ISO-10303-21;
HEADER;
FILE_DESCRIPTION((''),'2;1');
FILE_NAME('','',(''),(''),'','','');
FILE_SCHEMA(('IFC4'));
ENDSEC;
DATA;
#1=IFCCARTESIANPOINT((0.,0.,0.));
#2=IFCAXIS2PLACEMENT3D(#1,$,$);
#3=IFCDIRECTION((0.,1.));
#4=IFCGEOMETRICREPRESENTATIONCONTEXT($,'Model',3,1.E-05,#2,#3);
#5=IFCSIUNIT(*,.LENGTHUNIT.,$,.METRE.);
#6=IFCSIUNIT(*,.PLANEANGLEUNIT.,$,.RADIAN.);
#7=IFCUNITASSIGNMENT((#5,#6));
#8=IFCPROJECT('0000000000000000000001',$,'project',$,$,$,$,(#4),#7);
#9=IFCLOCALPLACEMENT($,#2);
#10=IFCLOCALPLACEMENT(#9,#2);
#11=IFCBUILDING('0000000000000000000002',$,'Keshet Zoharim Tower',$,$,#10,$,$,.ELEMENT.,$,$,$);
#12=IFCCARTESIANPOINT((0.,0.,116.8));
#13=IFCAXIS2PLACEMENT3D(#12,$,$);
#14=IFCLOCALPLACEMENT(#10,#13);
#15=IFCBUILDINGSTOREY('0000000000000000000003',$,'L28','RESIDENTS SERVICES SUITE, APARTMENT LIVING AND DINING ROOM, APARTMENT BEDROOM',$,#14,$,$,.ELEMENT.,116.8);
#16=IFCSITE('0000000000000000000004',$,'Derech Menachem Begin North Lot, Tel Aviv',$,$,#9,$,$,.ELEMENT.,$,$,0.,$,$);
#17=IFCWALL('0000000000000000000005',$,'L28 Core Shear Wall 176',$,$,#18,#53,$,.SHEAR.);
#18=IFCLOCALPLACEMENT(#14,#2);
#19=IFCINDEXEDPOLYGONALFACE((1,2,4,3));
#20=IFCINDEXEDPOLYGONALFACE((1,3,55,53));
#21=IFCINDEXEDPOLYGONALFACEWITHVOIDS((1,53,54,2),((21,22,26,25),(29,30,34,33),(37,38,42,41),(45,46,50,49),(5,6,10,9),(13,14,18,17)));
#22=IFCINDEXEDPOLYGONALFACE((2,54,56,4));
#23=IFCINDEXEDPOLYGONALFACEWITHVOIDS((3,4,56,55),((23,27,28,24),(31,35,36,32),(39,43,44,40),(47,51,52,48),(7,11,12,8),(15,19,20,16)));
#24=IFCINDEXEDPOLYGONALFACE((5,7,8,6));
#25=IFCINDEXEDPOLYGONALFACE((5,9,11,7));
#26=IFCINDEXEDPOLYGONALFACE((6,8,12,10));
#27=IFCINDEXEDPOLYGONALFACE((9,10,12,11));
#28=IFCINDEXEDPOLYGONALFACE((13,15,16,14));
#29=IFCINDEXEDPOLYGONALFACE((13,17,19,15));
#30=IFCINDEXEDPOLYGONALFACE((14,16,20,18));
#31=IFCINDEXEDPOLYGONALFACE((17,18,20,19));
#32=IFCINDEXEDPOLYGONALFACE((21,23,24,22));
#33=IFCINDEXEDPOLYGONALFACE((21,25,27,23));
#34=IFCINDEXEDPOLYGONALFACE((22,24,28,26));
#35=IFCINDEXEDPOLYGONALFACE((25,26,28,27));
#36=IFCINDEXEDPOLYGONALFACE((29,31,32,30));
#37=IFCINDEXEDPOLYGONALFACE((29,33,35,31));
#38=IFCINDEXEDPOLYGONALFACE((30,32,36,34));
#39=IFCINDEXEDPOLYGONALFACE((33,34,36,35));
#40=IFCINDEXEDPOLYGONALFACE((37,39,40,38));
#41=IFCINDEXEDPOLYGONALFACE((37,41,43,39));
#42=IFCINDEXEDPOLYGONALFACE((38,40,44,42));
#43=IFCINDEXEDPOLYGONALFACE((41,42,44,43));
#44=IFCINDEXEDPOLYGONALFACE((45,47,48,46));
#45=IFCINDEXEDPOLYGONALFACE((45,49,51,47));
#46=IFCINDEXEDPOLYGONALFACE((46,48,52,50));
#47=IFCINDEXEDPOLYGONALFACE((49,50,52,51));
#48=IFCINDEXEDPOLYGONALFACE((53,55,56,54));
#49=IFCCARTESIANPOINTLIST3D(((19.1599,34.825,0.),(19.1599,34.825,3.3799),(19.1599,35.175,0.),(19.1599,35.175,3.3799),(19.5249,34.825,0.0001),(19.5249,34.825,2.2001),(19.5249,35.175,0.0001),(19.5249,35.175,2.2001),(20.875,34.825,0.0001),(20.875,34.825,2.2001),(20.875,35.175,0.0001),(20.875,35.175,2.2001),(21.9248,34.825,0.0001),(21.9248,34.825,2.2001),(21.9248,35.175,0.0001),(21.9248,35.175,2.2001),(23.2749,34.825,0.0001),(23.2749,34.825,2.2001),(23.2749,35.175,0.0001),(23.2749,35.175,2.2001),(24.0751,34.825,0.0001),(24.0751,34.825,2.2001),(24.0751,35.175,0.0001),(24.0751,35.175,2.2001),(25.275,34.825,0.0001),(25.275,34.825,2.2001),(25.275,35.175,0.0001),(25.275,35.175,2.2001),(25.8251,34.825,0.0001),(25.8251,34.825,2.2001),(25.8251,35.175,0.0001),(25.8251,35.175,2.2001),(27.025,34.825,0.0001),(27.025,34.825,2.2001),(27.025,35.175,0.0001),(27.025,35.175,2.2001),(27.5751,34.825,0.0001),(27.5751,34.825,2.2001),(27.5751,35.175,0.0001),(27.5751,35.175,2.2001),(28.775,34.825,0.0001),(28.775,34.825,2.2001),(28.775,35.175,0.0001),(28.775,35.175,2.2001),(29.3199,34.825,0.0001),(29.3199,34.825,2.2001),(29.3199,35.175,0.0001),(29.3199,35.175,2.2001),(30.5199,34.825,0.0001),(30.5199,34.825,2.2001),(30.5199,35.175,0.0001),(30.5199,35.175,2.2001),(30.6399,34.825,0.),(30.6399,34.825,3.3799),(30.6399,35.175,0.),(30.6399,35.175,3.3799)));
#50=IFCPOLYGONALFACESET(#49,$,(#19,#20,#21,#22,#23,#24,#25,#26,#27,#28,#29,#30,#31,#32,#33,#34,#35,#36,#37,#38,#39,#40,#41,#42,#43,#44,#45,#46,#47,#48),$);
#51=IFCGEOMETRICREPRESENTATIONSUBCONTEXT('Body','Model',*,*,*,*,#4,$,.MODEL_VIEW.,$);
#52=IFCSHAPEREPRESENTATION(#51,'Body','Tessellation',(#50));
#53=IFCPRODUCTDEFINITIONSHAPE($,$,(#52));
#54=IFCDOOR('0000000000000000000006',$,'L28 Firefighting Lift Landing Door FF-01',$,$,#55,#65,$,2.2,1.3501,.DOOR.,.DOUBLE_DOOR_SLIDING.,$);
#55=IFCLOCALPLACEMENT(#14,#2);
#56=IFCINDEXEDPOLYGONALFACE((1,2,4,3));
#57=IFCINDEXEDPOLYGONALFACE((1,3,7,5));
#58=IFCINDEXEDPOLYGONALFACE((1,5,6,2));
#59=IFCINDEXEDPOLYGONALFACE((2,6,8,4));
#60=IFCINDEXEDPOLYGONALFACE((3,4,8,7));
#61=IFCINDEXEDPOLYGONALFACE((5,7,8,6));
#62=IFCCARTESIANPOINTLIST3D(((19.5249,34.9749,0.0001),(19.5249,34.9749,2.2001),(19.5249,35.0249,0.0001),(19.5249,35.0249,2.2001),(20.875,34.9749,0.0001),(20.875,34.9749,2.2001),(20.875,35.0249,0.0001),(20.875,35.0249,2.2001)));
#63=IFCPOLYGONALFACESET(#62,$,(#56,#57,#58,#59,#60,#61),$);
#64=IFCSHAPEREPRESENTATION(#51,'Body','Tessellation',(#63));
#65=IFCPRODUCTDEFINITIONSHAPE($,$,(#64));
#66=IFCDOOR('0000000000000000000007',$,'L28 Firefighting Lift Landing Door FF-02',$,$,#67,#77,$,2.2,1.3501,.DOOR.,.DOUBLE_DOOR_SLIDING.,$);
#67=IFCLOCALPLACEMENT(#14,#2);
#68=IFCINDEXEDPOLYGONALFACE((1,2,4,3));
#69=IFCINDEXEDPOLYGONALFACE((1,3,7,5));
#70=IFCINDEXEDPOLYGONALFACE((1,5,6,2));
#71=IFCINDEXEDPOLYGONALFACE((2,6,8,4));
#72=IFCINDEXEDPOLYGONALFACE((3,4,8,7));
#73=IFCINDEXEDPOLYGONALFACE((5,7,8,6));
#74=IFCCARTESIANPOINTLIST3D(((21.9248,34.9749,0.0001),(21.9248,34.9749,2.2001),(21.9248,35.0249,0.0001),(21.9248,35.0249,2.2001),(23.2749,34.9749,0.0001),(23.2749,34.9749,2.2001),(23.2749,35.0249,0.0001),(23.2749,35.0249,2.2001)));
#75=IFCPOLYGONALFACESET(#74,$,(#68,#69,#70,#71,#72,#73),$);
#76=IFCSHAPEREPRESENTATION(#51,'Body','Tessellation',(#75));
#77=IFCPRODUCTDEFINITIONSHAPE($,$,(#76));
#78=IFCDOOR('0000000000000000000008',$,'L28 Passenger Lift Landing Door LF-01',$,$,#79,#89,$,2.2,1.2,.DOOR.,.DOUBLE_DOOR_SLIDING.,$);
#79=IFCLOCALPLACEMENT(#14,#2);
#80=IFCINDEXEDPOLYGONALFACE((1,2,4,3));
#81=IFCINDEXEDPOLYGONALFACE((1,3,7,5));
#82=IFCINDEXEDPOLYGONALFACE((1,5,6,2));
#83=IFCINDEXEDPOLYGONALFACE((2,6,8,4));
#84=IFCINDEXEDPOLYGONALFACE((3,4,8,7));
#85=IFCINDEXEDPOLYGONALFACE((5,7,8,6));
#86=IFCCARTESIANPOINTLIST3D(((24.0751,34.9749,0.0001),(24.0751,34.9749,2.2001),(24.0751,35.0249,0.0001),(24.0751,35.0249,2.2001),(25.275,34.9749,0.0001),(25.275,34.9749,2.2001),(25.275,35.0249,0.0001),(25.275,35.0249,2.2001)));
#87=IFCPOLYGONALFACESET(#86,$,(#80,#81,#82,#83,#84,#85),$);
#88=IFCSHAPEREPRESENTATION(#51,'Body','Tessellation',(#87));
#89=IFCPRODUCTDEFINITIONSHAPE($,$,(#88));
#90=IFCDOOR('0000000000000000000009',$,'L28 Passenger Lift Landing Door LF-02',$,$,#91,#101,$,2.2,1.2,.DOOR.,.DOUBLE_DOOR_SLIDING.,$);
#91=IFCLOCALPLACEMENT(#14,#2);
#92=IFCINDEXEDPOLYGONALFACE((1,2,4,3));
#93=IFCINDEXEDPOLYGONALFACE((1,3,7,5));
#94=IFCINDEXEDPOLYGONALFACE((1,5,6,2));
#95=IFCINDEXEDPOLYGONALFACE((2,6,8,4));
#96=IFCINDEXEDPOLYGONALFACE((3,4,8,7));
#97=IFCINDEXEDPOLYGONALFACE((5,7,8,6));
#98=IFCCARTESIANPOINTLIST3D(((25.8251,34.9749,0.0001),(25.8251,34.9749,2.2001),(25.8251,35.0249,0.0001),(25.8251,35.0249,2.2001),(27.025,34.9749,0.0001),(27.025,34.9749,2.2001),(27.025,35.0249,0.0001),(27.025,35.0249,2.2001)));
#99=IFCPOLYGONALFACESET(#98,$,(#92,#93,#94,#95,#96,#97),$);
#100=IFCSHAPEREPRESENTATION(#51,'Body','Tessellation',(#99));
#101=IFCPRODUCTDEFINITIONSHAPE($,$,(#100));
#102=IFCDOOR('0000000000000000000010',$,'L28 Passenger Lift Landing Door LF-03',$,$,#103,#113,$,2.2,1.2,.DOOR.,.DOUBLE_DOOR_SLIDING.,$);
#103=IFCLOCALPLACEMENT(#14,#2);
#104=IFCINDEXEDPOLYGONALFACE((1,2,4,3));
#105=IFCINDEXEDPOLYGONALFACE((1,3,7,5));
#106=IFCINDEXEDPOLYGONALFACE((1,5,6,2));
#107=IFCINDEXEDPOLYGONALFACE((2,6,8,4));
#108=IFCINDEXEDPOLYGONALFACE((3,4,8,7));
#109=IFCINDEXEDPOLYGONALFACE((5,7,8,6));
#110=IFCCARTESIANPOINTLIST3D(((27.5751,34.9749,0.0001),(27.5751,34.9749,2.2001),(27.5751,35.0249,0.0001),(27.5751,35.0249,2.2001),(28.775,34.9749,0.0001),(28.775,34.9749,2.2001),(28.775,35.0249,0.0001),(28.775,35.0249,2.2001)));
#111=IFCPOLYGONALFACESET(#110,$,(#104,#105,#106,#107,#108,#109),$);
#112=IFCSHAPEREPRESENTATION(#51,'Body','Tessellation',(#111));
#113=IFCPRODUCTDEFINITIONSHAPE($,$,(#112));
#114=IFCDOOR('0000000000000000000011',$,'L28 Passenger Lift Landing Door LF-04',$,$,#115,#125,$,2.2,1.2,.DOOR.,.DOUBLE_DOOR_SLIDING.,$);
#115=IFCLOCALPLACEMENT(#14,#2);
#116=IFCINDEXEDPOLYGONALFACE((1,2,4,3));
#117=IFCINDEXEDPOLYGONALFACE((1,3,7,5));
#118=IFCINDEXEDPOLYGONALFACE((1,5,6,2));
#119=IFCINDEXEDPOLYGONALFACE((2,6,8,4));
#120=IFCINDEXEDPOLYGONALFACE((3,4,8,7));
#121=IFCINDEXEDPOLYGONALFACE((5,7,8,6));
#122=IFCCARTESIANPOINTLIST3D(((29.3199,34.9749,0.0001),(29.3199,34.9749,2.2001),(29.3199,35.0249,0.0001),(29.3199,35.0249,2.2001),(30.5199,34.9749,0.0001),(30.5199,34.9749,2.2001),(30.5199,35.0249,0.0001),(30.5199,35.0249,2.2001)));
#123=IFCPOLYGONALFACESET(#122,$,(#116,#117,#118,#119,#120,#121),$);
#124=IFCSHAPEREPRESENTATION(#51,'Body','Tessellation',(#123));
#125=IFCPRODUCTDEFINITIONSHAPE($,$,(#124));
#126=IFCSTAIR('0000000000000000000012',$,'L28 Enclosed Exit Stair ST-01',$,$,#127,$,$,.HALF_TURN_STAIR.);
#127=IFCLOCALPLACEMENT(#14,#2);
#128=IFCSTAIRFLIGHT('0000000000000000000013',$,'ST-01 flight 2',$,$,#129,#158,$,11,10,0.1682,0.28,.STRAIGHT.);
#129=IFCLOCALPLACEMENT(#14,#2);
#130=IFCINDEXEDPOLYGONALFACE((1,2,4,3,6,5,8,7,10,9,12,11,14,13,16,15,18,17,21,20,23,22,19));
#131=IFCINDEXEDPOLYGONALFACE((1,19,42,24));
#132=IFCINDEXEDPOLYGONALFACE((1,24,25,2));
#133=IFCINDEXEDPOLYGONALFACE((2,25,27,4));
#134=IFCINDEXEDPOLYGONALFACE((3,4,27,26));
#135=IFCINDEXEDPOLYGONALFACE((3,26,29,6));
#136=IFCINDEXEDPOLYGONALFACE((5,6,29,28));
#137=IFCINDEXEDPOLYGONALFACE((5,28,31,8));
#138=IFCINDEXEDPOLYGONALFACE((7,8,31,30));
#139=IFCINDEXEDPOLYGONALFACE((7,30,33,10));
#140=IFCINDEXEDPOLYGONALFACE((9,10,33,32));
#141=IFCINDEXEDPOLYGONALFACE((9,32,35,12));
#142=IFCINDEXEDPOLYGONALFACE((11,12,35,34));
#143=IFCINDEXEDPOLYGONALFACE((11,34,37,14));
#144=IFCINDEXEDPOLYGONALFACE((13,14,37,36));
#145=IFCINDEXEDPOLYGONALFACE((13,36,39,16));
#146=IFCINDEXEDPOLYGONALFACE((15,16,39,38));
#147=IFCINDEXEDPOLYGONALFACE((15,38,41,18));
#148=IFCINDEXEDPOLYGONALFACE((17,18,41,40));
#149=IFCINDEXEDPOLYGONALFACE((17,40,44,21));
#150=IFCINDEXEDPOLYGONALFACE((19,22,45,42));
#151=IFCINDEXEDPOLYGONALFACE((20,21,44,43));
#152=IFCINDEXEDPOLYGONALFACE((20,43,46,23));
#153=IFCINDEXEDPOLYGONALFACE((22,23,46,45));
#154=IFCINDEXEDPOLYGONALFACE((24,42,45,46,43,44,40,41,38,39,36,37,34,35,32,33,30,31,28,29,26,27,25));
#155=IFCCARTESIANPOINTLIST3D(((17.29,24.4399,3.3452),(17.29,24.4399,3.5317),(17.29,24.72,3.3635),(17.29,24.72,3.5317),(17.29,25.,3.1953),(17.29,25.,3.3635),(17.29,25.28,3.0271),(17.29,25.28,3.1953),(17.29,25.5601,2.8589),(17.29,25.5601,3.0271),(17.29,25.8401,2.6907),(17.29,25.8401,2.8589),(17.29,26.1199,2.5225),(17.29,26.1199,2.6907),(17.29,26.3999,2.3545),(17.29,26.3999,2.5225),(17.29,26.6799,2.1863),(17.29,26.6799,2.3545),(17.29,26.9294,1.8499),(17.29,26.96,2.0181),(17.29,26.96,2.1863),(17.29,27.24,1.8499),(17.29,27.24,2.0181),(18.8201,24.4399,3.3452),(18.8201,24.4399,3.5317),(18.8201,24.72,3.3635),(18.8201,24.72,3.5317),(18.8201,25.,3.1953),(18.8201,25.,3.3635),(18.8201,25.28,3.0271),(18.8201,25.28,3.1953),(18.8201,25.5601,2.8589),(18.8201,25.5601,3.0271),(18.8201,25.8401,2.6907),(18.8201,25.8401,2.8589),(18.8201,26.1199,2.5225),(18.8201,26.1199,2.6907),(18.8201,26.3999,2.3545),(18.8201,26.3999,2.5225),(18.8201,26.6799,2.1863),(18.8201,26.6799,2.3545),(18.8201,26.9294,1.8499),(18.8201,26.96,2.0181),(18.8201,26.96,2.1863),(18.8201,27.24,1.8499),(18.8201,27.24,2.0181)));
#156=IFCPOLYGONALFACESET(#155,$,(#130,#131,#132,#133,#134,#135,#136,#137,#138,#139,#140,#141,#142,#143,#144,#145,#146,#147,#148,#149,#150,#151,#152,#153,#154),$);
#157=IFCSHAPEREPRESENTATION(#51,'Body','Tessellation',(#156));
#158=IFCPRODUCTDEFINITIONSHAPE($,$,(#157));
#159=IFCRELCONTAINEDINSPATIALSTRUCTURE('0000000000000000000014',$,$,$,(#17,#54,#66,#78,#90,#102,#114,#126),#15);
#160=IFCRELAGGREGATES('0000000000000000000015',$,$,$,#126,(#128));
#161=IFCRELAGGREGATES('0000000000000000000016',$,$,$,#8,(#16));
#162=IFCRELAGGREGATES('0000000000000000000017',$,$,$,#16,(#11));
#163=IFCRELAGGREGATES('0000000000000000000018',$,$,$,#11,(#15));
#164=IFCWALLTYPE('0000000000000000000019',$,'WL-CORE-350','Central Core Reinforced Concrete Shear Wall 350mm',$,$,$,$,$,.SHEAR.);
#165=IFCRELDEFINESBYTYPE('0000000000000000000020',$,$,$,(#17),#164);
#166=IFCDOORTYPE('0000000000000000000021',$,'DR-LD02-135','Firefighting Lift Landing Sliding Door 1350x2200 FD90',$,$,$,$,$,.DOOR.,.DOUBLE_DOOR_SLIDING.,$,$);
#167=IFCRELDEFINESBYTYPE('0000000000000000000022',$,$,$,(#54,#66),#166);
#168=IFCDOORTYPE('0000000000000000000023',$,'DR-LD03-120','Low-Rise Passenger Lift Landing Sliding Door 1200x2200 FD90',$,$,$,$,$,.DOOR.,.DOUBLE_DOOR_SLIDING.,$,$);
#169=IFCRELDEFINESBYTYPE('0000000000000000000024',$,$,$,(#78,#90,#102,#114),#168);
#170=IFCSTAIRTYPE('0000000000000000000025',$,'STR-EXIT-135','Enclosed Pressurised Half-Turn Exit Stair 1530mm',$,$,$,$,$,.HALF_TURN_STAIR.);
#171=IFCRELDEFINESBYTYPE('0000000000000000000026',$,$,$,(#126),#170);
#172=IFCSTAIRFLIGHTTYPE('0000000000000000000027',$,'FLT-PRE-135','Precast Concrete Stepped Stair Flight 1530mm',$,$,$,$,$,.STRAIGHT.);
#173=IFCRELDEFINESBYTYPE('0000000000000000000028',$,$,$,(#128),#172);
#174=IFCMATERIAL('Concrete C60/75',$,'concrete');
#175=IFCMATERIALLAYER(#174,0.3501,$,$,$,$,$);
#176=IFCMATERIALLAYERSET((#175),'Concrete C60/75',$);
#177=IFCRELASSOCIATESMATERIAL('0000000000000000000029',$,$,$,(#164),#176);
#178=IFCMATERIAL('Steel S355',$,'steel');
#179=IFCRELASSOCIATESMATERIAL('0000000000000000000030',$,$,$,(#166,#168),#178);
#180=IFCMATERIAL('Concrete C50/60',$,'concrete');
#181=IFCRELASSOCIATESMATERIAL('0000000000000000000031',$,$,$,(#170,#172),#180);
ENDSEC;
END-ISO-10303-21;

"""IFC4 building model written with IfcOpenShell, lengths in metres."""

from ifc_helpers import new_model, si_unit, direction, frame, frame_2d, origin, place, context, subcontext, project, spatial, polyline, rectangle, outline, extrude, material, layer, layer_set, type_object, element, fill, aggregate, save


model = new_model("IFC4")

# Units and contexts
model_context = context("Model", 3, precision=1e-05, world=origin(), true_north=direction((0.0, 1.0)))
body_context = subcontext(model_context, "Body", "Model", "MODEL_VIEW")
ifc_project = project(units=[si_unit("LENGTHUNIT", "METRE"), si_unit("PLANEANGLEUNIT", "RADIAN")], contexts=[model_context])

# Site, building, storey
site_placement = place(None, origin())
site = spatial("IfcSite", under=ifc_project, at=site_placement, Name="Derech Menachem Begin North Lot, Tel Aviv", CompositionType="ELEMENT", RefElevation=0.0)
building_placement = place(site_placement, origin())
building = spatial("IfcBuilding", under=site, at=building_placement, Name="Keshet Zoharim Tower", CompositionType="ELEMENT")
storey_placement = place(building_placement, frame((0.0, 0.0, 116.8)))
storey = spatial("IfcBuildingStorey", under=building, at=storey_placement, Name="L28", Description="RESIDENTS SERVICES SUITE, APARTMENT LIVING AND DINING ROOM, APARTMENT BEDROOM", CompositionType="ELEMENT", Elevation=116.8)

# Shared definitions
ifc_material_1 = material(Name="Steel S355", Category="steel")

# Shared definitions
ifc_material_2 = material(Name="Concrete C60/75", Category="concrete")
ifc_layer_1 = layer(ifc_material_2, 0.3501)
ifc_layer_set_1 = layer_set([ifc_layer_1], Name="Concrete C60/75")
wall_type = type_object("IfcWallType", Name="WL-CORE-350", Description="Central Core Reinforced Concrete Shear Wall 350mm", PredefinedType="SHEAR", material=ifc_layer_set_1)

# Wall, openings, doors
wall_1_placement = place(storey_placement, frame((19.1599, 35.0, 0.0), z_axis=(0.0, 0.0, 1.0), x_axis=(1.0, 0.0, 0.0)))
wall_1 = element("IfcWall", 1, at=wall_1_placement, inside=storey, type_object=wall_type, Name="L28 Core Shear Wall 176", PredefinedType="SHEAR", context=body_context, shape_type="SweptSolid", body=[
    extrude(rectangle(XDim=11.48, YDim=0.3501, at=frame_2d((5.74, 0.0))), origin(), (0.0, 0.0, 1.0), 3.3799),
])
opening_1_placement = place(wall_1_placement, frame((0.365, 0.0, 0.0)))
opening_1 = element("IfcOpeningElement", 2, at=opening_1_placement, cuts=wall_1, PredefinedType="OPENING", context=body_context, shape_type="SweptSolid", body=[
    extrude(rectangle(XDim=1.3501, YDim=2.2, at=frame_2d((0.675, 1.1001))), frame((0.0, 0.1851, 0.0), z_axis=(0.0, -1.0, 0.0), x_axis=(1.0, 0.0, 0.0)), (0.0, 0.0, 1.0), 0.3701),
])
opening_2_placement = place(wall_1_placement, frame((2.7649, 0.0, 0.0)))
opening_2 = element("IfcOpeningElement", 3, at=opening_2_placement, cuts=wall_1, PredefinedType="OPENING", context=body_context, shape_type="SweptSolid", body=[
    extrude(rectangle(XDim=1.3501, YDim=2.2, at=frame_2d((0.675, 1.1001))), frame((0.0, 0.1851, 0.0), z_axis=(0.0, -1.0, 0.0), x_axis=(1.0, 0.0, 0.0)), (0.0, 0.0, 1.0), 0.3701),
])
opening_3_placement = place(wall_1_placement, frame((4.915, 0.0, 0.0)))
opening_3 = element("IfcOpeningElement", 4, at=opening_3_placement, cuts=wall_1, PredefinedType="OPENING", context=body_context, shape_type="SweptSolid", body=[
    extrude(rectangle(XDim=1.2, YDim=2.2, at=frame_2d((0.6001, 1.1001))), frame((0.0, 0.1851, 0.0), z_axis=(0.0, -1.0, 0.0), x_axis=(1.0, 0.0, 0.0)), (0.0, 0.0, 1.0), 0.3701),
])
opening_4_placement = place(wall_1_placement, frame((6.665, 0.0, 0.0)))
opening_4 = element("IfcOpeningElement", 5, at=opening_4_placement, cuts=wall_1, PredefinedType="OPENING", context=body_context, shape_type="SweptSolid", body=[
    extrude(rectangle(XDim=1.2, YDim=2.2, at=frame_2d((0.6001, 1.1001))), frame((0.0, 0.1851, 0.0), z_axis=(0.0, -1.0, 0.0), x_axis=(1.0, 0.0, 0.0)), (0.0, 0.0, 1.0), 0.3701),
])
opening_5_placement = place(wall_1_placement, frame((8.415, 0.0, 0.0)))
opening_5 = element("IfcOpeningElement", 6, at=opening_5_placement, cuts=wall_1, PredefinedType="OPENING", context=body_context, shape_type="SweptSolid", body=[
    extrude(rectangle(XDim=1.2, YDim=2.2, at=frame_2d((0.6001, 1.1001))), frame((0.0, 0.1851, 0.0), z_axis=(0.0, -1.0, 0.0), x_axis=(1.0, 0.0, 0.0)), (0.0, 0.0, 1.0), 0.3701),
])
opening_6_placement = place(wall_1_placement, frame((10.1599, 0.0, 0.0)))
opening_6 = element("IfcOpeningElement", 7, at=opening_6_placement, cuts=wall_1, PredefinedType="OPENING", context=body_context, shape_type="SweptSolid", body=[
    extrude(rectangle(XDim=1.2, YDim=2.2, at=frame_2d((0.6001, 1.1001))), frame((0.0, 0.1851, 0.0), z_axis=(0.0, -1.0, 0.0), x_axis=(1.0, 0.0, 0.0)), (0.0, 0.0, 1.0), 0.3701),
])
door_type_1 = type_object("IfcDoorType", Name="DR-LD02-135", Description="Firefighting Lift Landing Sliding Door 1350x2200 FD90", OperationType="DOUBLE_DOOR_SLIDING", PredefinedType="DOOR", material=ifc_material_1)
door_1_placement = place(opening_1_placement, origin())
door_1 = element("IfcDoor", 8, at=door_1_placement, inside=storey, type_object=door_type_1, Name="L28 Firefighting Lift Landing Door FF-01", OperationType="DOUBLE_DOOR_SLIDING", OverallHeight=2.2, OverallWidth=1.3501, PredefinedType="DOOR", context=body_context, shape_type="SweptSolid", body=[
    extrude(rectangle(XDim=1.3501, YDim=2.2, at=frame_2d((0.675, 1.1001))), frame((0.0, 0.0249, 0.0), z_axis=(0.0, -1.0, 0.0), x_axis=(1.0, 0.0, 0.0)), (0.0, 0.0, 1.0), 0.05),
])
fill(opening_1, door_1)
door_2_placement = place(opening_2_placement, origin())
door_2 = element("IfcDoor", 9, at=door_2_placement, inside=storey, type_object=door_type_1, Name="L28 Firefighting Lift Landing Door FF-02", OperationType="DOUBLE_DOOR_SLIDING", OverallHeight=2.2, OverallWidth=1.3501, PredefinedType="DOOR", context=body_context, shape_type="SweptSolid", body=[
    extrude(rectangle(XDim=1.3501, YDim=2.2, at=frame_2d((0.675, 1.1001))), frame((0.0, 0.0249, 0.0), z_axis=(0.0, -1.0, 0.0), x_axis=(1.0, 0.0, 0.0)), (0.0, 0.0, 1.0), 0.05),
])
fill(opening_2, door_2)
door_type_2 = type_object("IfcDoorType", Name="DR-LD03-120", Description="Low-Rise Passenger Lift Landing Sliding Door 1200x2200 FD90", OperationType="DOUBLE_DOOR_SLIDING", PredefinedType="DOOR", material=ifc_material_1)
door_3_placement = place(opening_3_placement, origin())
door_3 = element("IfcDoor", 10, at=door_3_placement, inside=storey, type_object=door_type_2, Name="L28 Passenger Lift Landing Door LF-01", OperationType="DOUBLE_DOOR_SLIDING", OverallHeight=2.2, OverallWidth=1.2, PredefinedType="DOOR", context=body_context, shape_type="SweptSolid", body=[
    extrude(rectangle(XDim=1.2, YDim=2.2, at=frame_2d((0.6001, 1.1001))), frame((0.0, 0.0249, 0.0), z_axis=(0.0, -1.0, 0.0), x_axis=(1.0, 0.0, 0.0)), (0.0, 0.0, 1.0), 0.05),
])
fill(opening_3, door_3)
door_4_placement = place(opening_4_placement, origin())
door_4 = element("IfcDoor", 11, at=door_4_placement, inside=storey, type_object=door_type_2, Name="L28 Passenger Lift Landing Door LF-02", OperationType="DOUBLE_DOOR_SLIDING", OverallHeight=2.2, OverallWidth=1.2, PredefinedType="DOOR", context=body_context, shape_type="SweptSolid", body=[
    extrude(rectangle(XDim=1.2, YDim=2.2, at=frame_2d((0.6001, 1.1001))), frame((0.0, 0.0249, 0.0), z_axis=(0.0, -1.0, 0.0), x_axis=(1.0, 0.0, 0.0)), (0.0, 0.0, 1.0), 0.05),
])
fill(opening_4, door_4)
door_5_placement = place(opening_5_placement, origin())
door_5 = element("IfcDoor", 12, at=door_5_placement, inside=storey, type_object=door_type_2, Name="L28 Passenger Lift Landing Door LF-03", OperationType="DOUBLE_DOOR_SLIDING", OverallHeight=2.2, OverallWidth=1.2, PredefinedType="DOOR", context=body_context, shape_type="SweptSolid", body=[
    extrude(rectangle(XDim=1.2, YDim=2.2, at=frame_2d((0.6001, 1.1001))), frame((0.0, 0.0249, 0.0), z_axis=(0.0, -1.0, 0.0), x_axis=(1.0, 0.0, 0.0)), (0.0, 0.0, 1.0), 0.05),
])
fill(opening_5, door_5)
door_6_placement = place(opening_6_placement, origin())
door_6 = element("IfcDoor", 13, at=door_6_placement, inside=storey, type_object=door_type_2, Name="L28 Passenger Lift Landing Door LF-04", OperationType="DOUBLE_DOOR_SLIDING", OverallHeight=2.2, OverallWidth=1.2, PredefinedType="DOOR", context=body_context, shape_type="SweptSolid", body=[
    extrude(rectangle(XDim=1.2, YDim=2.2, at=frame_2d((0.6001, 1.1001))), frame((0.0, 0.0249, 0.0), z_axis=(0.0, -1.0, 0.0), x_axis=(1.0, 0.0, 0.0)), (0.0, 0.0, 1.0), 0.05),
])
fill(opening_6, door_6)

# Stair, stair flight
ifc_material_3 = material(Name="Concrete C50/60", Category="concrete")
stair_type = type_object("IfcStairType", Name="STR-EXIT-135", Description="Enclosed Pressurised Half-Turn Exit Stair 1530mm", PredefinedType="HALF_TURN_STAIR", material=ifc_material_3)
stair_1_placement = place(storey_placement, origin())
stair_1 = element("IfcStair", 14, at=stair_1_placement, inside=storey, type_object=stair_type, Name="L28 Enclosed Exit Stair ST-01", PredefinedType="HALF_TURN_STAIR")
stair_flight_type = type_object("IfcStairFlightType", Name="FLT-PRE-135", Description="Precast Concrete Stepped Stair Flight 1530mm", PredefinedType="STRAIGHT", material=ifc_material_3)
stair_flight_1_placement = place(storey_placement, frame((18.0549, 27.24, 1.8499), z_axis=(0.0, 0.0, 1.0), x_axis=(0.0, -1.0, 0.0)))
stair_flight_1 = element("IfcStairFlight", 15, at=stair_flight_1_placement, type_object=stair_flight_type, Name="ST-01 flight 2", NumberOfRisers=11, NumberOfTreads=10, PredefinedType="STRAIGHT", RiserHeight=0.1682, TreadLength=0.28, context=body_context, shape_type="SweptSolid", body=[
    extrude(outline(polyline([(0.0, 0.0), (0.0, 0.1682), (0.28, 0.1682), (0.28, 0.3364), (0.5601, 0.3364), (0.5601, 0.5046), (0.8401, 0.5046), (0.8401, 0.6726), (1.1201, 0.6726), (1.1201, 0.8408), (1.3999, 0.8408), (1.3999, 1.009), (1.6799, 1.009), (1.6799, 1.1772), (1.96, 1.1772), (1.96, 1.3455), (2.24, 1.3455), (2.24, 1.5137), (2.52, 1.5137), (2.52, 1.6819), (2.8, 1.6819), (2.8, 1.8501), (2.8, 1.4954), (0.3105, 0.0), (0.0, 0.0)])), frame((0.0, 0.7651, 0.0), z_axis=(0.0, -1.0, 0.0), x_axis=(1.0, 0.0, 0.0)), (0.0, 0.0, 1.0), 1.53),
])
aggregate(stair_1, [stair_flight_1])

save(model, "model.ifc")
